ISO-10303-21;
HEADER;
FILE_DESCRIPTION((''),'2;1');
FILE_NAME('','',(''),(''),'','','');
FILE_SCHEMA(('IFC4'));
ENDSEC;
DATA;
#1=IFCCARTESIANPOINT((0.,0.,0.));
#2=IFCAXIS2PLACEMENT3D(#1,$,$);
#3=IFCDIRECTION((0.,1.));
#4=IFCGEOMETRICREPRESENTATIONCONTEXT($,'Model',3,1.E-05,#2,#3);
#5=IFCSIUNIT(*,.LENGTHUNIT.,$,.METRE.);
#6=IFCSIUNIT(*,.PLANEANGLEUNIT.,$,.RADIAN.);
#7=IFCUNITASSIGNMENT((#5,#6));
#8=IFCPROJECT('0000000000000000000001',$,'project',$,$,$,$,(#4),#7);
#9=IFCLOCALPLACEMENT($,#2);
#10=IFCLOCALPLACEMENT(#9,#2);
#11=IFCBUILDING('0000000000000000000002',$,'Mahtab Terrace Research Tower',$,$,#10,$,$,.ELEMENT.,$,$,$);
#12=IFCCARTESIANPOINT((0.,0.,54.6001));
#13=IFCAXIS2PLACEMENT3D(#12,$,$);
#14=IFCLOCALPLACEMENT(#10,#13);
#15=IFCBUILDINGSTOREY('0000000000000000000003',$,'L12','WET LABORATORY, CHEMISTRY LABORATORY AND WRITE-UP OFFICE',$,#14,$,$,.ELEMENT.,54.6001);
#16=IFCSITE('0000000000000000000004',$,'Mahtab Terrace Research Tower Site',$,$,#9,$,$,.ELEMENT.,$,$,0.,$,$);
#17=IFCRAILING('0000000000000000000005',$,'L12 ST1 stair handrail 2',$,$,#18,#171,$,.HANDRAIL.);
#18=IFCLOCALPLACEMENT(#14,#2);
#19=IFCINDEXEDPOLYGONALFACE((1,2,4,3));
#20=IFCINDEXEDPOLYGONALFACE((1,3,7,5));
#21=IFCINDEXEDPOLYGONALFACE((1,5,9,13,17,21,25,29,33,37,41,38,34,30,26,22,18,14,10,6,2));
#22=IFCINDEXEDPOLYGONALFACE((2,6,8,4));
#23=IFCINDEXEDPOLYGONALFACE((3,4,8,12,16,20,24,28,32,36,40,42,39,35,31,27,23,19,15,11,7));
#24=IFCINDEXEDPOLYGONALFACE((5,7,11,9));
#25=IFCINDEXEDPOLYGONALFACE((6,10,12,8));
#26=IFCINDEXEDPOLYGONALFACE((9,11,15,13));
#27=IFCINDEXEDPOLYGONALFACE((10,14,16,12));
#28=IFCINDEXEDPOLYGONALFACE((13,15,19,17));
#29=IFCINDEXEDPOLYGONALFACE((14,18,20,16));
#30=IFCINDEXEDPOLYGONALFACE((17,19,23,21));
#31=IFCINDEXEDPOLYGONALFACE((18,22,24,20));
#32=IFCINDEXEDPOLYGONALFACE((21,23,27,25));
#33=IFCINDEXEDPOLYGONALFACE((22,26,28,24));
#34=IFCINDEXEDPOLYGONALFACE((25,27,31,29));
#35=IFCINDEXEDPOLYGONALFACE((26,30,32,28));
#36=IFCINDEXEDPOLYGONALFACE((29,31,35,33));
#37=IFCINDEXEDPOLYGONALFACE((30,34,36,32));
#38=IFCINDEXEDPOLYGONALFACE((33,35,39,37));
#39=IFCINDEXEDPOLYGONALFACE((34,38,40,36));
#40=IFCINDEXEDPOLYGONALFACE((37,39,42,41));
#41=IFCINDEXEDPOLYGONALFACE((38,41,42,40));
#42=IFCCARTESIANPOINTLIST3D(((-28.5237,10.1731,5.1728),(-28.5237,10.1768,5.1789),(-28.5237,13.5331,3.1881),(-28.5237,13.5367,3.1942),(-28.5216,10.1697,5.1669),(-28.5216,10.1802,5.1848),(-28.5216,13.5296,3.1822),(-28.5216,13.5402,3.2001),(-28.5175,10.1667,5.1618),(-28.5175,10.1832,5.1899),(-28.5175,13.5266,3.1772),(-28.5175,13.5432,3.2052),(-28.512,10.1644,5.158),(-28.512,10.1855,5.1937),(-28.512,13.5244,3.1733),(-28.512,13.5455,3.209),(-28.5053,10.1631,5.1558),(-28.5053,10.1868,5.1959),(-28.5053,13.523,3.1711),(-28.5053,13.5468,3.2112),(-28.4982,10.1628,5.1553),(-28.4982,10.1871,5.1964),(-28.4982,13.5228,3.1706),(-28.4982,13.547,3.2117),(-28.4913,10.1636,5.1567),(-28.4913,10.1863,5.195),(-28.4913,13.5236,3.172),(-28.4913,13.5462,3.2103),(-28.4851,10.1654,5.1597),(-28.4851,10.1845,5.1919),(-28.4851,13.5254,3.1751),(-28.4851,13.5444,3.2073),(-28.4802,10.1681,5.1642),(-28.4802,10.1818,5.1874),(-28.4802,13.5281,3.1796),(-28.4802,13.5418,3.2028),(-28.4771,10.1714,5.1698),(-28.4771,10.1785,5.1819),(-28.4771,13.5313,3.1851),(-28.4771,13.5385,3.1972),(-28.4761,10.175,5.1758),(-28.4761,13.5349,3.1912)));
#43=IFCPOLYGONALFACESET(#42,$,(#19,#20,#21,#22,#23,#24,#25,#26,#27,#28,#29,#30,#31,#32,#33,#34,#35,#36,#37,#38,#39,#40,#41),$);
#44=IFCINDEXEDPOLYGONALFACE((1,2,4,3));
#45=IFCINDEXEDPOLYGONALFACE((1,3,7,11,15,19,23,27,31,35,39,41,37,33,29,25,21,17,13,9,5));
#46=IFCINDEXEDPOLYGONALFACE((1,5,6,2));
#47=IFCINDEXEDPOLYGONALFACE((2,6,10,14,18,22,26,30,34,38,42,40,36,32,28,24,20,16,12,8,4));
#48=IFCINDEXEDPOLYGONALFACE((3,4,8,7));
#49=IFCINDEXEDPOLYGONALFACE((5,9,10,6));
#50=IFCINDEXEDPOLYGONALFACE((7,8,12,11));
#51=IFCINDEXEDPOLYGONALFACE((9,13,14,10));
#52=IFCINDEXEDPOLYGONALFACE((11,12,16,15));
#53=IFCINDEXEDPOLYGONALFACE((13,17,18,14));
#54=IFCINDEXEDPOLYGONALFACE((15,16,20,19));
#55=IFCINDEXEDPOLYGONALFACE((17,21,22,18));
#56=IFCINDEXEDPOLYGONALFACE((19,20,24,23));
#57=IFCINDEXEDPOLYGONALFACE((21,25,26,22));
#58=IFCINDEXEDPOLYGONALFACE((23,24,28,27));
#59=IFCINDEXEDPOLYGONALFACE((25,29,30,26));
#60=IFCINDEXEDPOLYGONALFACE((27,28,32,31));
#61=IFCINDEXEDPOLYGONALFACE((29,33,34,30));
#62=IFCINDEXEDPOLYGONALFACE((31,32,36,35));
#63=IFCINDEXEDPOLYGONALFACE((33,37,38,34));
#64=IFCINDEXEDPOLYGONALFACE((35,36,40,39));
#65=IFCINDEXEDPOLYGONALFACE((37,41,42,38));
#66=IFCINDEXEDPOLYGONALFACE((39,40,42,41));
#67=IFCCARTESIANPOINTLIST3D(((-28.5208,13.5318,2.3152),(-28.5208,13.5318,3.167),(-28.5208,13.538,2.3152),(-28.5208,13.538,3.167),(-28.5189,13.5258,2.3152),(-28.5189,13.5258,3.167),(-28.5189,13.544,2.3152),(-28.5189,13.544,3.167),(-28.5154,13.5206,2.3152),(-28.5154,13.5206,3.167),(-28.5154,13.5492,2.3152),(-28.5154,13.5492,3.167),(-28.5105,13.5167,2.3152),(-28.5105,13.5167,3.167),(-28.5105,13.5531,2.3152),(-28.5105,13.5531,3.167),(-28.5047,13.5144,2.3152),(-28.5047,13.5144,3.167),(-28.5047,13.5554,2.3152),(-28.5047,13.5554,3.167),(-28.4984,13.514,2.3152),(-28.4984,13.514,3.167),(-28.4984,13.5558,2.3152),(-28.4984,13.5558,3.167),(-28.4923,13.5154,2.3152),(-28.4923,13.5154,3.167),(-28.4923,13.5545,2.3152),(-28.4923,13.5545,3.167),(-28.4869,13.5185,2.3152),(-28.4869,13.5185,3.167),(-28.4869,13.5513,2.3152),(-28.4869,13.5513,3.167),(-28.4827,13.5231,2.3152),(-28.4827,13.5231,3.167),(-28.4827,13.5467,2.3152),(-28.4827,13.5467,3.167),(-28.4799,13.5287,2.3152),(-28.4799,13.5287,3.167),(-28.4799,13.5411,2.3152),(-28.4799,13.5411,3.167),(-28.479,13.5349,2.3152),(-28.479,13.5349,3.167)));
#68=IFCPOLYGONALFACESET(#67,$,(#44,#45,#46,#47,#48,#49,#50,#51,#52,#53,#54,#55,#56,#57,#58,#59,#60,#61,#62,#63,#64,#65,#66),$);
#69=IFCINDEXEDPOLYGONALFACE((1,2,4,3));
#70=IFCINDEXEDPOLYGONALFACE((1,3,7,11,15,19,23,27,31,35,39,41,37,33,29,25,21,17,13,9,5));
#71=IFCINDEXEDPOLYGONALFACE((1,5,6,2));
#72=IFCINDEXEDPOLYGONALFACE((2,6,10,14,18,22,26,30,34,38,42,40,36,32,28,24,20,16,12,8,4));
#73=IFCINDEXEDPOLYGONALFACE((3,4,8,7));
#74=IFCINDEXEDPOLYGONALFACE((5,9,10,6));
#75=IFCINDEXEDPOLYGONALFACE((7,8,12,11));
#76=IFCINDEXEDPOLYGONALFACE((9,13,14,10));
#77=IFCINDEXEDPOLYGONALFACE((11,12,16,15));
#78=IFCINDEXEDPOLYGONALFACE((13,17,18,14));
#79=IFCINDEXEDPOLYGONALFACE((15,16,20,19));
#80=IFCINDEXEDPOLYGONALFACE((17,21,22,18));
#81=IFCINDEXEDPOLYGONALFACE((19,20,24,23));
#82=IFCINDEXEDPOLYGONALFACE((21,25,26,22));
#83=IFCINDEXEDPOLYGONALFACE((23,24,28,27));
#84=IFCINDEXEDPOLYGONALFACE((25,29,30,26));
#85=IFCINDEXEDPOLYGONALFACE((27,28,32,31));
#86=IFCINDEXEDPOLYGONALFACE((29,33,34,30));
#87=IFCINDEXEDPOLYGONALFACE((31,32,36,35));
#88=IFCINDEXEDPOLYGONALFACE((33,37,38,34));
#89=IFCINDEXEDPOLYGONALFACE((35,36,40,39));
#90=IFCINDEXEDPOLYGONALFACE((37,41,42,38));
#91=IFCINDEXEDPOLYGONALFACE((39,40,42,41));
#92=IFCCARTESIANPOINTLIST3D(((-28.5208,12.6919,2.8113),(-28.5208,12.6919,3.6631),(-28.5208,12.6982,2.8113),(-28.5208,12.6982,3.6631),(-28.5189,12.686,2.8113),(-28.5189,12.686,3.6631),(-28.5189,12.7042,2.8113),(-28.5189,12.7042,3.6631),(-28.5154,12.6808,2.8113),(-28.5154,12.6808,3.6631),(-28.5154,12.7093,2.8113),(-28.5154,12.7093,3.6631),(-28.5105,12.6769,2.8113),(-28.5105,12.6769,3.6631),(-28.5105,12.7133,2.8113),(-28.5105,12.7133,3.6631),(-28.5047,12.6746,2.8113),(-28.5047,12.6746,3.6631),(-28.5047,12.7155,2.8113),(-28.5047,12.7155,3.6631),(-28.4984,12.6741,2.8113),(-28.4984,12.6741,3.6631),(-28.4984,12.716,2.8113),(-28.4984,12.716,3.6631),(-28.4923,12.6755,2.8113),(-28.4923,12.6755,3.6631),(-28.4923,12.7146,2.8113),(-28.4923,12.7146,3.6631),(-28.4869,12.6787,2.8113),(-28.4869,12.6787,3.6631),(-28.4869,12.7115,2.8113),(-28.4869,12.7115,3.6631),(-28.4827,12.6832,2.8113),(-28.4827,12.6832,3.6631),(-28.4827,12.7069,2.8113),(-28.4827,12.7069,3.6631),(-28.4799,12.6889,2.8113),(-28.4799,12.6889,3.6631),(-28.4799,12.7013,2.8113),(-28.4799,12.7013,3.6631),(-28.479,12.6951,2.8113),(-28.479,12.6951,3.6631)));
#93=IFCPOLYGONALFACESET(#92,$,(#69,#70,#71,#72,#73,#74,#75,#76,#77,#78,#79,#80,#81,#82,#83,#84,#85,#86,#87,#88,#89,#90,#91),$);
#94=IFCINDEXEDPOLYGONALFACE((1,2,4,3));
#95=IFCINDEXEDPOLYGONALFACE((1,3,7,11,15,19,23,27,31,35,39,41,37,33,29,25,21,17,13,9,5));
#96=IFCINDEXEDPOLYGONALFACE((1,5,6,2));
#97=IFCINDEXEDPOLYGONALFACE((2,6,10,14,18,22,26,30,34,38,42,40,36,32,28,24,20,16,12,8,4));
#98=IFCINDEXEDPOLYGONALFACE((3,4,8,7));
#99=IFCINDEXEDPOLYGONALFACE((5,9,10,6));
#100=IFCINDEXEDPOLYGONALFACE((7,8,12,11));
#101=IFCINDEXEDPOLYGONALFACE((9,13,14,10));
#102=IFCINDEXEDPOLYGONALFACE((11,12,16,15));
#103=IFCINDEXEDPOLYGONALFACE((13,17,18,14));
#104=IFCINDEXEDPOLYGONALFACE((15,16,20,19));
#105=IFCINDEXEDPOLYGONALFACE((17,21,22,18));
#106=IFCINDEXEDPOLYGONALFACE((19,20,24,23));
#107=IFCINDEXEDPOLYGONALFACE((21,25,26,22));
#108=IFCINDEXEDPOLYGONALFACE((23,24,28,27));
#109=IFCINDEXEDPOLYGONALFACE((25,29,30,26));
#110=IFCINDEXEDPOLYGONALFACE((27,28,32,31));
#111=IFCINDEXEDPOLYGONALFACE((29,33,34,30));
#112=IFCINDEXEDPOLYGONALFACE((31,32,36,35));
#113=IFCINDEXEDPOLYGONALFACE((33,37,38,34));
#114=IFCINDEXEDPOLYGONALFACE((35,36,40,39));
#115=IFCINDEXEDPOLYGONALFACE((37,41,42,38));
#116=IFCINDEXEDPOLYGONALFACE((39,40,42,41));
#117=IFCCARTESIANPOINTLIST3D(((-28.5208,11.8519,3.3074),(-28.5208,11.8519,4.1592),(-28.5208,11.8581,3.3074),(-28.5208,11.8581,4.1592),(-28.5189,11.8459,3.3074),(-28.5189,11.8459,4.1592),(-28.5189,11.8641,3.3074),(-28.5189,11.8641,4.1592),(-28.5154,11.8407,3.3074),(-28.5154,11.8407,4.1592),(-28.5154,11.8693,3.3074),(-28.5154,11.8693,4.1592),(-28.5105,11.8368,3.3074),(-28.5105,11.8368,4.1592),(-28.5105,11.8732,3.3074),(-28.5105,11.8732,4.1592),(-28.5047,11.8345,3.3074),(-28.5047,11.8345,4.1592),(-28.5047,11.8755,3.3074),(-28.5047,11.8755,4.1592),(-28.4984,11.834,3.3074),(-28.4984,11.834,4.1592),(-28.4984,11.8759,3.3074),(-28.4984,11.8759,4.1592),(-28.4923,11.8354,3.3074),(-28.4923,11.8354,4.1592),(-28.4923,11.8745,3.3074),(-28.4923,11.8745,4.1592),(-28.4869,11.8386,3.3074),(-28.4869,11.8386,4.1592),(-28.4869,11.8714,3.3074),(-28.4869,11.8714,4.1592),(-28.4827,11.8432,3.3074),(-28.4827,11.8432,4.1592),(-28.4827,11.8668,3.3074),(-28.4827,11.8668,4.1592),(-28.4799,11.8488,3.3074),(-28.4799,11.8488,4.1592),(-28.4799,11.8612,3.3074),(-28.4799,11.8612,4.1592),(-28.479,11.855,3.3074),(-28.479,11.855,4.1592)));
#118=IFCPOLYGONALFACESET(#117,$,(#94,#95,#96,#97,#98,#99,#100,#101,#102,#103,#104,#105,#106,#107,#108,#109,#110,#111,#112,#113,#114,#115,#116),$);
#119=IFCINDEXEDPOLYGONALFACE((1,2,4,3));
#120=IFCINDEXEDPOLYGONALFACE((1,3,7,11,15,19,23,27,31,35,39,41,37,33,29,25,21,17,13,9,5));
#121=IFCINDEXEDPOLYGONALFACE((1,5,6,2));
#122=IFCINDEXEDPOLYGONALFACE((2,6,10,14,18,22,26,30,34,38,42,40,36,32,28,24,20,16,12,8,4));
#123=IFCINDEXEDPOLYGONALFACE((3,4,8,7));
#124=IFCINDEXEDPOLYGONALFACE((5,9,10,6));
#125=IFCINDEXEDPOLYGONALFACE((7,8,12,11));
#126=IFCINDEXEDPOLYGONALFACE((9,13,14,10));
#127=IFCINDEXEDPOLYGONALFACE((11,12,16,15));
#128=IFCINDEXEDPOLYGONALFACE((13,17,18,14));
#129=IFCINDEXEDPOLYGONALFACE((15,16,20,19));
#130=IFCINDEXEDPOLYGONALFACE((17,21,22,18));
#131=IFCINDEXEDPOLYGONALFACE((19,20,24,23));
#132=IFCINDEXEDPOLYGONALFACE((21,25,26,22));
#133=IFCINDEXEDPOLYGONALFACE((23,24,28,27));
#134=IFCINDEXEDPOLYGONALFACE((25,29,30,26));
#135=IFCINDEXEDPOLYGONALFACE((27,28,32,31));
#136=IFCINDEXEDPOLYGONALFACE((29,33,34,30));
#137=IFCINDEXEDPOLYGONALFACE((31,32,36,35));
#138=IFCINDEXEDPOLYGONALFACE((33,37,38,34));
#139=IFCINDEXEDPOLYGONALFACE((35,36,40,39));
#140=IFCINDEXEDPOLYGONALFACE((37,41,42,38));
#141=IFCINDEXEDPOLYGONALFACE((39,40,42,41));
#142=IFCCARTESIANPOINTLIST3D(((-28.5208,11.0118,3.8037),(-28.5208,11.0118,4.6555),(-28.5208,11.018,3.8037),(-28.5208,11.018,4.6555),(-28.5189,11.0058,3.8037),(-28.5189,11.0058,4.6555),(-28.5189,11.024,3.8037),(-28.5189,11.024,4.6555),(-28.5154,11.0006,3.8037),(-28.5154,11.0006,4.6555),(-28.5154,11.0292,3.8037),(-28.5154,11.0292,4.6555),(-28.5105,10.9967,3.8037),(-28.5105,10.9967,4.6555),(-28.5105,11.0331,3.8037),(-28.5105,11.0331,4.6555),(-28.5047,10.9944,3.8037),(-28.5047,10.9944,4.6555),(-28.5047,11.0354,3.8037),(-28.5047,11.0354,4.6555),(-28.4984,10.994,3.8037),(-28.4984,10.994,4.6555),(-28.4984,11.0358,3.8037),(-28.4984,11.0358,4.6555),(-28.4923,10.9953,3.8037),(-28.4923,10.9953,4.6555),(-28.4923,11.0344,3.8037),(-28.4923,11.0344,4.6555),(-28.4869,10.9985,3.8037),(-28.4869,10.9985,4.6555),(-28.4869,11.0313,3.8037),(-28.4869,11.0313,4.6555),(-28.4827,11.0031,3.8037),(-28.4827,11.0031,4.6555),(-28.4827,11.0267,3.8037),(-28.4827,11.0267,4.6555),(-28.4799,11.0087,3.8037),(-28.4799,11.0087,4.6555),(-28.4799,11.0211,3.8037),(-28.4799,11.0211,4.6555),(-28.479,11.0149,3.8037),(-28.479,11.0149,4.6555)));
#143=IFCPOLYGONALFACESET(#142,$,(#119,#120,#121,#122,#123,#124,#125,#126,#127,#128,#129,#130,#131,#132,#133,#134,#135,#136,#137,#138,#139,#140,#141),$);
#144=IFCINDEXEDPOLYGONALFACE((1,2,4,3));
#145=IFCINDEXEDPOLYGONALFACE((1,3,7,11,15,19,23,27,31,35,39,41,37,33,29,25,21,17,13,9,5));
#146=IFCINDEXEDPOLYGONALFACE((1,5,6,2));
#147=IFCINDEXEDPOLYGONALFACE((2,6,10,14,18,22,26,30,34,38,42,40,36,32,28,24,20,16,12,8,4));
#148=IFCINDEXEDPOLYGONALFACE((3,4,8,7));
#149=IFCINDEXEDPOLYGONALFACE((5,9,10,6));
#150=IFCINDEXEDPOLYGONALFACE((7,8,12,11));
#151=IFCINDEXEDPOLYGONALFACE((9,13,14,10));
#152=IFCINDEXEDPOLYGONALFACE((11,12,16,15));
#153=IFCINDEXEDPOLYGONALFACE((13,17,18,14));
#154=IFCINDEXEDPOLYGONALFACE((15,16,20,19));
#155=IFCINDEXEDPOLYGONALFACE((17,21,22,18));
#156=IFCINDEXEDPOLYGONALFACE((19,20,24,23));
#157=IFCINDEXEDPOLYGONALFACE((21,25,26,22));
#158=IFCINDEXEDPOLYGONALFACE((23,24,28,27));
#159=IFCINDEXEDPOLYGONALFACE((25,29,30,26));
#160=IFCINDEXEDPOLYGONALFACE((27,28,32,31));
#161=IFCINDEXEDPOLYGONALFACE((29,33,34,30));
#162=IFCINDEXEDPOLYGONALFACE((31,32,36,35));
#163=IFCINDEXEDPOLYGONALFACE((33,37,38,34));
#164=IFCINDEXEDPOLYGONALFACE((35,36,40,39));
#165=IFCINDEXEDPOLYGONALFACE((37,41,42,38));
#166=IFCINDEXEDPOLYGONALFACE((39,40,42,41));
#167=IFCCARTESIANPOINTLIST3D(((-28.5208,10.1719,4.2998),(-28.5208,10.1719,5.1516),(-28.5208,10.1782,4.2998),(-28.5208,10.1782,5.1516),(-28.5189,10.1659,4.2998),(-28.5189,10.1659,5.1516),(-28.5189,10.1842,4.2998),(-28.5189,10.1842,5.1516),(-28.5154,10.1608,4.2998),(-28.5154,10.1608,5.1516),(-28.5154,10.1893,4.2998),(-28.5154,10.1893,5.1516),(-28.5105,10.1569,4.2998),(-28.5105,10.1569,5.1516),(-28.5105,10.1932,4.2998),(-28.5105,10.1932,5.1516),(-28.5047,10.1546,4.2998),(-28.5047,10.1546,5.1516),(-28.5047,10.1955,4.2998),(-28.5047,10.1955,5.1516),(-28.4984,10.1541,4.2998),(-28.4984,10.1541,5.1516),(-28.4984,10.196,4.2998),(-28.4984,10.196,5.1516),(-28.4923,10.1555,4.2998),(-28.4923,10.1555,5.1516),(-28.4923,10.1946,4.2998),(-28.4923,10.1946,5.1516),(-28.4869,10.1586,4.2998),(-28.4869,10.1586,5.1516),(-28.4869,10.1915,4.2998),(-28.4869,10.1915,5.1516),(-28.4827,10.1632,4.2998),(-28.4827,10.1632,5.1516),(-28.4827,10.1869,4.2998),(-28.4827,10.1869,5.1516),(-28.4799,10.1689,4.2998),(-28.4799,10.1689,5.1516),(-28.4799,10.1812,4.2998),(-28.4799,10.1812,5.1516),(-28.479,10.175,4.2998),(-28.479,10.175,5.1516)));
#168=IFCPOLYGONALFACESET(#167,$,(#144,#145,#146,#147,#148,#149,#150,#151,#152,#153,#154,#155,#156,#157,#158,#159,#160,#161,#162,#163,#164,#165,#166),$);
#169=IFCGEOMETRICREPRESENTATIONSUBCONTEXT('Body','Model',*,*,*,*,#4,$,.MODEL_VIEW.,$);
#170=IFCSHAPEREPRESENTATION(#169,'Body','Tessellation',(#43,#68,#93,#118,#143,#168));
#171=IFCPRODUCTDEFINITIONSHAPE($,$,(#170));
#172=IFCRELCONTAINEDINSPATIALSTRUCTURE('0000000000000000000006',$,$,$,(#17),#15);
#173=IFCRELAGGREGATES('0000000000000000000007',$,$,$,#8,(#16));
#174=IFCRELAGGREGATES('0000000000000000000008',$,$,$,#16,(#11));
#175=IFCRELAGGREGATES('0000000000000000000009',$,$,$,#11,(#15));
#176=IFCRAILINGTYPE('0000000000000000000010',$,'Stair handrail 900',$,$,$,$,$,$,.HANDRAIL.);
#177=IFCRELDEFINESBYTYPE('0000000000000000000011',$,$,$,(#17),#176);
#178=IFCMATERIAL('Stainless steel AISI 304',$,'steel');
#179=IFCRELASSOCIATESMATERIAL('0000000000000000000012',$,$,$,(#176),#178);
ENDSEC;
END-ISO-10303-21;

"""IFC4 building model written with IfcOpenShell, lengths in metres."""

from ifc_helpers import new_model, si_unit, direction, frame, origin, origin_2d, place, context, subcontext, project, spatial, circle, extrude, material, type_object, element, save


model = new_model("IFC4")

# Units and contexts
model_context = context("Model", 3, precision=1e-05, world=origin(), true_north=direction((0.0, 1.0)))
body_context = subcontext(model_context, "Body", "Model", "MODEL_VIEW")
ifc_project = project(units=[si_unit("LENGTHUNIT", "METRE"), si_unit("PLANEANGLEUNIT", "RADIAN")], contexts=[model_context])

# Site, building, storey
site_placement = place(None, origin())
site = spatial("IfcSite", under=ifc_project, at=site_placement, Name="Mahtab Terrace Research Tower Site", CompositionType="ELEMENT", RefElevation=0.0)
building_placement = place(site_placement, origin())
building = spatial("IfcBuilding", under=site, at=building_placement, Name="Mahtab Terrace Research Tower", CompositionType="ELEMENT")
storey_placement = place(building_placement, frame((0.0, 0.0, 54.6001)))
storey = spatial("IfcBuildingStorey", under=building, at=storey_placement, Name="L12", Description="WET LABORATORY, CHEMISTRY LABORATORY AND WRITE-UP OFFICE", CompositionType="ELEMENT", Elevation=54.6001)

# Railing
ifc_material_1 = material(Name="Stainless steel AISI 304", Category="steel")
railing_type_1 = type_object("IfcRailingType", Name="Stair handrail 900", PredefinedType="HANDRAIL", material=ifc_material_1)
railing_1_placement = place(storey_placement, frame((-28.5, 13.5349, 2.3152)))
element("IfcRailing", 1, at=railing_1_placement, inside=storey, type_object=railing_type_1, Name="L12 ST1 stair handrail 2", PredefinedType="HANDRAIL", context=body_context, shape_type="SweptSolid", body=[
    extrude(circle(Radius=0.0239, at=origin_2d()), frame((0.0, 0.0, 0.876), z_axis=(0.0, -0.861011, 0.508586), x_axis=(1.0, 0.0, 0.0)), (0.0, 0.0, 1.0), 3.9023),
    extrude(circle(Radius=0.021, at=origin_2d()), origin(), (0.0, 0.0, 1.0), 0.8518),
    extrude(circle(Radius=0.021, at=origin_2d()), frame((0.0, -0.8398, 0.4961)), (0.0, 0.0, 1.0), 0.8518),
    extrude(circle(Radius=0.021, at=origin_2d()), frame((0.0, -1.6799, 0.9922)), (0.0, 0.0, 1.0), 0.8518),
    extrude(circle(Radius=0.021, at=origin_2d()), frame((0.0, -2.52, 1.4885)), (0.0, 0.0, 1.0), 0.8518),
    extrude(circle(Radius=0.021, at=origin_2d()), frame((0.0, -3.3599, 1.9846)), (0.0, 0.0, 1.0), 0.8518),
])

save(model, "model.ifc")
